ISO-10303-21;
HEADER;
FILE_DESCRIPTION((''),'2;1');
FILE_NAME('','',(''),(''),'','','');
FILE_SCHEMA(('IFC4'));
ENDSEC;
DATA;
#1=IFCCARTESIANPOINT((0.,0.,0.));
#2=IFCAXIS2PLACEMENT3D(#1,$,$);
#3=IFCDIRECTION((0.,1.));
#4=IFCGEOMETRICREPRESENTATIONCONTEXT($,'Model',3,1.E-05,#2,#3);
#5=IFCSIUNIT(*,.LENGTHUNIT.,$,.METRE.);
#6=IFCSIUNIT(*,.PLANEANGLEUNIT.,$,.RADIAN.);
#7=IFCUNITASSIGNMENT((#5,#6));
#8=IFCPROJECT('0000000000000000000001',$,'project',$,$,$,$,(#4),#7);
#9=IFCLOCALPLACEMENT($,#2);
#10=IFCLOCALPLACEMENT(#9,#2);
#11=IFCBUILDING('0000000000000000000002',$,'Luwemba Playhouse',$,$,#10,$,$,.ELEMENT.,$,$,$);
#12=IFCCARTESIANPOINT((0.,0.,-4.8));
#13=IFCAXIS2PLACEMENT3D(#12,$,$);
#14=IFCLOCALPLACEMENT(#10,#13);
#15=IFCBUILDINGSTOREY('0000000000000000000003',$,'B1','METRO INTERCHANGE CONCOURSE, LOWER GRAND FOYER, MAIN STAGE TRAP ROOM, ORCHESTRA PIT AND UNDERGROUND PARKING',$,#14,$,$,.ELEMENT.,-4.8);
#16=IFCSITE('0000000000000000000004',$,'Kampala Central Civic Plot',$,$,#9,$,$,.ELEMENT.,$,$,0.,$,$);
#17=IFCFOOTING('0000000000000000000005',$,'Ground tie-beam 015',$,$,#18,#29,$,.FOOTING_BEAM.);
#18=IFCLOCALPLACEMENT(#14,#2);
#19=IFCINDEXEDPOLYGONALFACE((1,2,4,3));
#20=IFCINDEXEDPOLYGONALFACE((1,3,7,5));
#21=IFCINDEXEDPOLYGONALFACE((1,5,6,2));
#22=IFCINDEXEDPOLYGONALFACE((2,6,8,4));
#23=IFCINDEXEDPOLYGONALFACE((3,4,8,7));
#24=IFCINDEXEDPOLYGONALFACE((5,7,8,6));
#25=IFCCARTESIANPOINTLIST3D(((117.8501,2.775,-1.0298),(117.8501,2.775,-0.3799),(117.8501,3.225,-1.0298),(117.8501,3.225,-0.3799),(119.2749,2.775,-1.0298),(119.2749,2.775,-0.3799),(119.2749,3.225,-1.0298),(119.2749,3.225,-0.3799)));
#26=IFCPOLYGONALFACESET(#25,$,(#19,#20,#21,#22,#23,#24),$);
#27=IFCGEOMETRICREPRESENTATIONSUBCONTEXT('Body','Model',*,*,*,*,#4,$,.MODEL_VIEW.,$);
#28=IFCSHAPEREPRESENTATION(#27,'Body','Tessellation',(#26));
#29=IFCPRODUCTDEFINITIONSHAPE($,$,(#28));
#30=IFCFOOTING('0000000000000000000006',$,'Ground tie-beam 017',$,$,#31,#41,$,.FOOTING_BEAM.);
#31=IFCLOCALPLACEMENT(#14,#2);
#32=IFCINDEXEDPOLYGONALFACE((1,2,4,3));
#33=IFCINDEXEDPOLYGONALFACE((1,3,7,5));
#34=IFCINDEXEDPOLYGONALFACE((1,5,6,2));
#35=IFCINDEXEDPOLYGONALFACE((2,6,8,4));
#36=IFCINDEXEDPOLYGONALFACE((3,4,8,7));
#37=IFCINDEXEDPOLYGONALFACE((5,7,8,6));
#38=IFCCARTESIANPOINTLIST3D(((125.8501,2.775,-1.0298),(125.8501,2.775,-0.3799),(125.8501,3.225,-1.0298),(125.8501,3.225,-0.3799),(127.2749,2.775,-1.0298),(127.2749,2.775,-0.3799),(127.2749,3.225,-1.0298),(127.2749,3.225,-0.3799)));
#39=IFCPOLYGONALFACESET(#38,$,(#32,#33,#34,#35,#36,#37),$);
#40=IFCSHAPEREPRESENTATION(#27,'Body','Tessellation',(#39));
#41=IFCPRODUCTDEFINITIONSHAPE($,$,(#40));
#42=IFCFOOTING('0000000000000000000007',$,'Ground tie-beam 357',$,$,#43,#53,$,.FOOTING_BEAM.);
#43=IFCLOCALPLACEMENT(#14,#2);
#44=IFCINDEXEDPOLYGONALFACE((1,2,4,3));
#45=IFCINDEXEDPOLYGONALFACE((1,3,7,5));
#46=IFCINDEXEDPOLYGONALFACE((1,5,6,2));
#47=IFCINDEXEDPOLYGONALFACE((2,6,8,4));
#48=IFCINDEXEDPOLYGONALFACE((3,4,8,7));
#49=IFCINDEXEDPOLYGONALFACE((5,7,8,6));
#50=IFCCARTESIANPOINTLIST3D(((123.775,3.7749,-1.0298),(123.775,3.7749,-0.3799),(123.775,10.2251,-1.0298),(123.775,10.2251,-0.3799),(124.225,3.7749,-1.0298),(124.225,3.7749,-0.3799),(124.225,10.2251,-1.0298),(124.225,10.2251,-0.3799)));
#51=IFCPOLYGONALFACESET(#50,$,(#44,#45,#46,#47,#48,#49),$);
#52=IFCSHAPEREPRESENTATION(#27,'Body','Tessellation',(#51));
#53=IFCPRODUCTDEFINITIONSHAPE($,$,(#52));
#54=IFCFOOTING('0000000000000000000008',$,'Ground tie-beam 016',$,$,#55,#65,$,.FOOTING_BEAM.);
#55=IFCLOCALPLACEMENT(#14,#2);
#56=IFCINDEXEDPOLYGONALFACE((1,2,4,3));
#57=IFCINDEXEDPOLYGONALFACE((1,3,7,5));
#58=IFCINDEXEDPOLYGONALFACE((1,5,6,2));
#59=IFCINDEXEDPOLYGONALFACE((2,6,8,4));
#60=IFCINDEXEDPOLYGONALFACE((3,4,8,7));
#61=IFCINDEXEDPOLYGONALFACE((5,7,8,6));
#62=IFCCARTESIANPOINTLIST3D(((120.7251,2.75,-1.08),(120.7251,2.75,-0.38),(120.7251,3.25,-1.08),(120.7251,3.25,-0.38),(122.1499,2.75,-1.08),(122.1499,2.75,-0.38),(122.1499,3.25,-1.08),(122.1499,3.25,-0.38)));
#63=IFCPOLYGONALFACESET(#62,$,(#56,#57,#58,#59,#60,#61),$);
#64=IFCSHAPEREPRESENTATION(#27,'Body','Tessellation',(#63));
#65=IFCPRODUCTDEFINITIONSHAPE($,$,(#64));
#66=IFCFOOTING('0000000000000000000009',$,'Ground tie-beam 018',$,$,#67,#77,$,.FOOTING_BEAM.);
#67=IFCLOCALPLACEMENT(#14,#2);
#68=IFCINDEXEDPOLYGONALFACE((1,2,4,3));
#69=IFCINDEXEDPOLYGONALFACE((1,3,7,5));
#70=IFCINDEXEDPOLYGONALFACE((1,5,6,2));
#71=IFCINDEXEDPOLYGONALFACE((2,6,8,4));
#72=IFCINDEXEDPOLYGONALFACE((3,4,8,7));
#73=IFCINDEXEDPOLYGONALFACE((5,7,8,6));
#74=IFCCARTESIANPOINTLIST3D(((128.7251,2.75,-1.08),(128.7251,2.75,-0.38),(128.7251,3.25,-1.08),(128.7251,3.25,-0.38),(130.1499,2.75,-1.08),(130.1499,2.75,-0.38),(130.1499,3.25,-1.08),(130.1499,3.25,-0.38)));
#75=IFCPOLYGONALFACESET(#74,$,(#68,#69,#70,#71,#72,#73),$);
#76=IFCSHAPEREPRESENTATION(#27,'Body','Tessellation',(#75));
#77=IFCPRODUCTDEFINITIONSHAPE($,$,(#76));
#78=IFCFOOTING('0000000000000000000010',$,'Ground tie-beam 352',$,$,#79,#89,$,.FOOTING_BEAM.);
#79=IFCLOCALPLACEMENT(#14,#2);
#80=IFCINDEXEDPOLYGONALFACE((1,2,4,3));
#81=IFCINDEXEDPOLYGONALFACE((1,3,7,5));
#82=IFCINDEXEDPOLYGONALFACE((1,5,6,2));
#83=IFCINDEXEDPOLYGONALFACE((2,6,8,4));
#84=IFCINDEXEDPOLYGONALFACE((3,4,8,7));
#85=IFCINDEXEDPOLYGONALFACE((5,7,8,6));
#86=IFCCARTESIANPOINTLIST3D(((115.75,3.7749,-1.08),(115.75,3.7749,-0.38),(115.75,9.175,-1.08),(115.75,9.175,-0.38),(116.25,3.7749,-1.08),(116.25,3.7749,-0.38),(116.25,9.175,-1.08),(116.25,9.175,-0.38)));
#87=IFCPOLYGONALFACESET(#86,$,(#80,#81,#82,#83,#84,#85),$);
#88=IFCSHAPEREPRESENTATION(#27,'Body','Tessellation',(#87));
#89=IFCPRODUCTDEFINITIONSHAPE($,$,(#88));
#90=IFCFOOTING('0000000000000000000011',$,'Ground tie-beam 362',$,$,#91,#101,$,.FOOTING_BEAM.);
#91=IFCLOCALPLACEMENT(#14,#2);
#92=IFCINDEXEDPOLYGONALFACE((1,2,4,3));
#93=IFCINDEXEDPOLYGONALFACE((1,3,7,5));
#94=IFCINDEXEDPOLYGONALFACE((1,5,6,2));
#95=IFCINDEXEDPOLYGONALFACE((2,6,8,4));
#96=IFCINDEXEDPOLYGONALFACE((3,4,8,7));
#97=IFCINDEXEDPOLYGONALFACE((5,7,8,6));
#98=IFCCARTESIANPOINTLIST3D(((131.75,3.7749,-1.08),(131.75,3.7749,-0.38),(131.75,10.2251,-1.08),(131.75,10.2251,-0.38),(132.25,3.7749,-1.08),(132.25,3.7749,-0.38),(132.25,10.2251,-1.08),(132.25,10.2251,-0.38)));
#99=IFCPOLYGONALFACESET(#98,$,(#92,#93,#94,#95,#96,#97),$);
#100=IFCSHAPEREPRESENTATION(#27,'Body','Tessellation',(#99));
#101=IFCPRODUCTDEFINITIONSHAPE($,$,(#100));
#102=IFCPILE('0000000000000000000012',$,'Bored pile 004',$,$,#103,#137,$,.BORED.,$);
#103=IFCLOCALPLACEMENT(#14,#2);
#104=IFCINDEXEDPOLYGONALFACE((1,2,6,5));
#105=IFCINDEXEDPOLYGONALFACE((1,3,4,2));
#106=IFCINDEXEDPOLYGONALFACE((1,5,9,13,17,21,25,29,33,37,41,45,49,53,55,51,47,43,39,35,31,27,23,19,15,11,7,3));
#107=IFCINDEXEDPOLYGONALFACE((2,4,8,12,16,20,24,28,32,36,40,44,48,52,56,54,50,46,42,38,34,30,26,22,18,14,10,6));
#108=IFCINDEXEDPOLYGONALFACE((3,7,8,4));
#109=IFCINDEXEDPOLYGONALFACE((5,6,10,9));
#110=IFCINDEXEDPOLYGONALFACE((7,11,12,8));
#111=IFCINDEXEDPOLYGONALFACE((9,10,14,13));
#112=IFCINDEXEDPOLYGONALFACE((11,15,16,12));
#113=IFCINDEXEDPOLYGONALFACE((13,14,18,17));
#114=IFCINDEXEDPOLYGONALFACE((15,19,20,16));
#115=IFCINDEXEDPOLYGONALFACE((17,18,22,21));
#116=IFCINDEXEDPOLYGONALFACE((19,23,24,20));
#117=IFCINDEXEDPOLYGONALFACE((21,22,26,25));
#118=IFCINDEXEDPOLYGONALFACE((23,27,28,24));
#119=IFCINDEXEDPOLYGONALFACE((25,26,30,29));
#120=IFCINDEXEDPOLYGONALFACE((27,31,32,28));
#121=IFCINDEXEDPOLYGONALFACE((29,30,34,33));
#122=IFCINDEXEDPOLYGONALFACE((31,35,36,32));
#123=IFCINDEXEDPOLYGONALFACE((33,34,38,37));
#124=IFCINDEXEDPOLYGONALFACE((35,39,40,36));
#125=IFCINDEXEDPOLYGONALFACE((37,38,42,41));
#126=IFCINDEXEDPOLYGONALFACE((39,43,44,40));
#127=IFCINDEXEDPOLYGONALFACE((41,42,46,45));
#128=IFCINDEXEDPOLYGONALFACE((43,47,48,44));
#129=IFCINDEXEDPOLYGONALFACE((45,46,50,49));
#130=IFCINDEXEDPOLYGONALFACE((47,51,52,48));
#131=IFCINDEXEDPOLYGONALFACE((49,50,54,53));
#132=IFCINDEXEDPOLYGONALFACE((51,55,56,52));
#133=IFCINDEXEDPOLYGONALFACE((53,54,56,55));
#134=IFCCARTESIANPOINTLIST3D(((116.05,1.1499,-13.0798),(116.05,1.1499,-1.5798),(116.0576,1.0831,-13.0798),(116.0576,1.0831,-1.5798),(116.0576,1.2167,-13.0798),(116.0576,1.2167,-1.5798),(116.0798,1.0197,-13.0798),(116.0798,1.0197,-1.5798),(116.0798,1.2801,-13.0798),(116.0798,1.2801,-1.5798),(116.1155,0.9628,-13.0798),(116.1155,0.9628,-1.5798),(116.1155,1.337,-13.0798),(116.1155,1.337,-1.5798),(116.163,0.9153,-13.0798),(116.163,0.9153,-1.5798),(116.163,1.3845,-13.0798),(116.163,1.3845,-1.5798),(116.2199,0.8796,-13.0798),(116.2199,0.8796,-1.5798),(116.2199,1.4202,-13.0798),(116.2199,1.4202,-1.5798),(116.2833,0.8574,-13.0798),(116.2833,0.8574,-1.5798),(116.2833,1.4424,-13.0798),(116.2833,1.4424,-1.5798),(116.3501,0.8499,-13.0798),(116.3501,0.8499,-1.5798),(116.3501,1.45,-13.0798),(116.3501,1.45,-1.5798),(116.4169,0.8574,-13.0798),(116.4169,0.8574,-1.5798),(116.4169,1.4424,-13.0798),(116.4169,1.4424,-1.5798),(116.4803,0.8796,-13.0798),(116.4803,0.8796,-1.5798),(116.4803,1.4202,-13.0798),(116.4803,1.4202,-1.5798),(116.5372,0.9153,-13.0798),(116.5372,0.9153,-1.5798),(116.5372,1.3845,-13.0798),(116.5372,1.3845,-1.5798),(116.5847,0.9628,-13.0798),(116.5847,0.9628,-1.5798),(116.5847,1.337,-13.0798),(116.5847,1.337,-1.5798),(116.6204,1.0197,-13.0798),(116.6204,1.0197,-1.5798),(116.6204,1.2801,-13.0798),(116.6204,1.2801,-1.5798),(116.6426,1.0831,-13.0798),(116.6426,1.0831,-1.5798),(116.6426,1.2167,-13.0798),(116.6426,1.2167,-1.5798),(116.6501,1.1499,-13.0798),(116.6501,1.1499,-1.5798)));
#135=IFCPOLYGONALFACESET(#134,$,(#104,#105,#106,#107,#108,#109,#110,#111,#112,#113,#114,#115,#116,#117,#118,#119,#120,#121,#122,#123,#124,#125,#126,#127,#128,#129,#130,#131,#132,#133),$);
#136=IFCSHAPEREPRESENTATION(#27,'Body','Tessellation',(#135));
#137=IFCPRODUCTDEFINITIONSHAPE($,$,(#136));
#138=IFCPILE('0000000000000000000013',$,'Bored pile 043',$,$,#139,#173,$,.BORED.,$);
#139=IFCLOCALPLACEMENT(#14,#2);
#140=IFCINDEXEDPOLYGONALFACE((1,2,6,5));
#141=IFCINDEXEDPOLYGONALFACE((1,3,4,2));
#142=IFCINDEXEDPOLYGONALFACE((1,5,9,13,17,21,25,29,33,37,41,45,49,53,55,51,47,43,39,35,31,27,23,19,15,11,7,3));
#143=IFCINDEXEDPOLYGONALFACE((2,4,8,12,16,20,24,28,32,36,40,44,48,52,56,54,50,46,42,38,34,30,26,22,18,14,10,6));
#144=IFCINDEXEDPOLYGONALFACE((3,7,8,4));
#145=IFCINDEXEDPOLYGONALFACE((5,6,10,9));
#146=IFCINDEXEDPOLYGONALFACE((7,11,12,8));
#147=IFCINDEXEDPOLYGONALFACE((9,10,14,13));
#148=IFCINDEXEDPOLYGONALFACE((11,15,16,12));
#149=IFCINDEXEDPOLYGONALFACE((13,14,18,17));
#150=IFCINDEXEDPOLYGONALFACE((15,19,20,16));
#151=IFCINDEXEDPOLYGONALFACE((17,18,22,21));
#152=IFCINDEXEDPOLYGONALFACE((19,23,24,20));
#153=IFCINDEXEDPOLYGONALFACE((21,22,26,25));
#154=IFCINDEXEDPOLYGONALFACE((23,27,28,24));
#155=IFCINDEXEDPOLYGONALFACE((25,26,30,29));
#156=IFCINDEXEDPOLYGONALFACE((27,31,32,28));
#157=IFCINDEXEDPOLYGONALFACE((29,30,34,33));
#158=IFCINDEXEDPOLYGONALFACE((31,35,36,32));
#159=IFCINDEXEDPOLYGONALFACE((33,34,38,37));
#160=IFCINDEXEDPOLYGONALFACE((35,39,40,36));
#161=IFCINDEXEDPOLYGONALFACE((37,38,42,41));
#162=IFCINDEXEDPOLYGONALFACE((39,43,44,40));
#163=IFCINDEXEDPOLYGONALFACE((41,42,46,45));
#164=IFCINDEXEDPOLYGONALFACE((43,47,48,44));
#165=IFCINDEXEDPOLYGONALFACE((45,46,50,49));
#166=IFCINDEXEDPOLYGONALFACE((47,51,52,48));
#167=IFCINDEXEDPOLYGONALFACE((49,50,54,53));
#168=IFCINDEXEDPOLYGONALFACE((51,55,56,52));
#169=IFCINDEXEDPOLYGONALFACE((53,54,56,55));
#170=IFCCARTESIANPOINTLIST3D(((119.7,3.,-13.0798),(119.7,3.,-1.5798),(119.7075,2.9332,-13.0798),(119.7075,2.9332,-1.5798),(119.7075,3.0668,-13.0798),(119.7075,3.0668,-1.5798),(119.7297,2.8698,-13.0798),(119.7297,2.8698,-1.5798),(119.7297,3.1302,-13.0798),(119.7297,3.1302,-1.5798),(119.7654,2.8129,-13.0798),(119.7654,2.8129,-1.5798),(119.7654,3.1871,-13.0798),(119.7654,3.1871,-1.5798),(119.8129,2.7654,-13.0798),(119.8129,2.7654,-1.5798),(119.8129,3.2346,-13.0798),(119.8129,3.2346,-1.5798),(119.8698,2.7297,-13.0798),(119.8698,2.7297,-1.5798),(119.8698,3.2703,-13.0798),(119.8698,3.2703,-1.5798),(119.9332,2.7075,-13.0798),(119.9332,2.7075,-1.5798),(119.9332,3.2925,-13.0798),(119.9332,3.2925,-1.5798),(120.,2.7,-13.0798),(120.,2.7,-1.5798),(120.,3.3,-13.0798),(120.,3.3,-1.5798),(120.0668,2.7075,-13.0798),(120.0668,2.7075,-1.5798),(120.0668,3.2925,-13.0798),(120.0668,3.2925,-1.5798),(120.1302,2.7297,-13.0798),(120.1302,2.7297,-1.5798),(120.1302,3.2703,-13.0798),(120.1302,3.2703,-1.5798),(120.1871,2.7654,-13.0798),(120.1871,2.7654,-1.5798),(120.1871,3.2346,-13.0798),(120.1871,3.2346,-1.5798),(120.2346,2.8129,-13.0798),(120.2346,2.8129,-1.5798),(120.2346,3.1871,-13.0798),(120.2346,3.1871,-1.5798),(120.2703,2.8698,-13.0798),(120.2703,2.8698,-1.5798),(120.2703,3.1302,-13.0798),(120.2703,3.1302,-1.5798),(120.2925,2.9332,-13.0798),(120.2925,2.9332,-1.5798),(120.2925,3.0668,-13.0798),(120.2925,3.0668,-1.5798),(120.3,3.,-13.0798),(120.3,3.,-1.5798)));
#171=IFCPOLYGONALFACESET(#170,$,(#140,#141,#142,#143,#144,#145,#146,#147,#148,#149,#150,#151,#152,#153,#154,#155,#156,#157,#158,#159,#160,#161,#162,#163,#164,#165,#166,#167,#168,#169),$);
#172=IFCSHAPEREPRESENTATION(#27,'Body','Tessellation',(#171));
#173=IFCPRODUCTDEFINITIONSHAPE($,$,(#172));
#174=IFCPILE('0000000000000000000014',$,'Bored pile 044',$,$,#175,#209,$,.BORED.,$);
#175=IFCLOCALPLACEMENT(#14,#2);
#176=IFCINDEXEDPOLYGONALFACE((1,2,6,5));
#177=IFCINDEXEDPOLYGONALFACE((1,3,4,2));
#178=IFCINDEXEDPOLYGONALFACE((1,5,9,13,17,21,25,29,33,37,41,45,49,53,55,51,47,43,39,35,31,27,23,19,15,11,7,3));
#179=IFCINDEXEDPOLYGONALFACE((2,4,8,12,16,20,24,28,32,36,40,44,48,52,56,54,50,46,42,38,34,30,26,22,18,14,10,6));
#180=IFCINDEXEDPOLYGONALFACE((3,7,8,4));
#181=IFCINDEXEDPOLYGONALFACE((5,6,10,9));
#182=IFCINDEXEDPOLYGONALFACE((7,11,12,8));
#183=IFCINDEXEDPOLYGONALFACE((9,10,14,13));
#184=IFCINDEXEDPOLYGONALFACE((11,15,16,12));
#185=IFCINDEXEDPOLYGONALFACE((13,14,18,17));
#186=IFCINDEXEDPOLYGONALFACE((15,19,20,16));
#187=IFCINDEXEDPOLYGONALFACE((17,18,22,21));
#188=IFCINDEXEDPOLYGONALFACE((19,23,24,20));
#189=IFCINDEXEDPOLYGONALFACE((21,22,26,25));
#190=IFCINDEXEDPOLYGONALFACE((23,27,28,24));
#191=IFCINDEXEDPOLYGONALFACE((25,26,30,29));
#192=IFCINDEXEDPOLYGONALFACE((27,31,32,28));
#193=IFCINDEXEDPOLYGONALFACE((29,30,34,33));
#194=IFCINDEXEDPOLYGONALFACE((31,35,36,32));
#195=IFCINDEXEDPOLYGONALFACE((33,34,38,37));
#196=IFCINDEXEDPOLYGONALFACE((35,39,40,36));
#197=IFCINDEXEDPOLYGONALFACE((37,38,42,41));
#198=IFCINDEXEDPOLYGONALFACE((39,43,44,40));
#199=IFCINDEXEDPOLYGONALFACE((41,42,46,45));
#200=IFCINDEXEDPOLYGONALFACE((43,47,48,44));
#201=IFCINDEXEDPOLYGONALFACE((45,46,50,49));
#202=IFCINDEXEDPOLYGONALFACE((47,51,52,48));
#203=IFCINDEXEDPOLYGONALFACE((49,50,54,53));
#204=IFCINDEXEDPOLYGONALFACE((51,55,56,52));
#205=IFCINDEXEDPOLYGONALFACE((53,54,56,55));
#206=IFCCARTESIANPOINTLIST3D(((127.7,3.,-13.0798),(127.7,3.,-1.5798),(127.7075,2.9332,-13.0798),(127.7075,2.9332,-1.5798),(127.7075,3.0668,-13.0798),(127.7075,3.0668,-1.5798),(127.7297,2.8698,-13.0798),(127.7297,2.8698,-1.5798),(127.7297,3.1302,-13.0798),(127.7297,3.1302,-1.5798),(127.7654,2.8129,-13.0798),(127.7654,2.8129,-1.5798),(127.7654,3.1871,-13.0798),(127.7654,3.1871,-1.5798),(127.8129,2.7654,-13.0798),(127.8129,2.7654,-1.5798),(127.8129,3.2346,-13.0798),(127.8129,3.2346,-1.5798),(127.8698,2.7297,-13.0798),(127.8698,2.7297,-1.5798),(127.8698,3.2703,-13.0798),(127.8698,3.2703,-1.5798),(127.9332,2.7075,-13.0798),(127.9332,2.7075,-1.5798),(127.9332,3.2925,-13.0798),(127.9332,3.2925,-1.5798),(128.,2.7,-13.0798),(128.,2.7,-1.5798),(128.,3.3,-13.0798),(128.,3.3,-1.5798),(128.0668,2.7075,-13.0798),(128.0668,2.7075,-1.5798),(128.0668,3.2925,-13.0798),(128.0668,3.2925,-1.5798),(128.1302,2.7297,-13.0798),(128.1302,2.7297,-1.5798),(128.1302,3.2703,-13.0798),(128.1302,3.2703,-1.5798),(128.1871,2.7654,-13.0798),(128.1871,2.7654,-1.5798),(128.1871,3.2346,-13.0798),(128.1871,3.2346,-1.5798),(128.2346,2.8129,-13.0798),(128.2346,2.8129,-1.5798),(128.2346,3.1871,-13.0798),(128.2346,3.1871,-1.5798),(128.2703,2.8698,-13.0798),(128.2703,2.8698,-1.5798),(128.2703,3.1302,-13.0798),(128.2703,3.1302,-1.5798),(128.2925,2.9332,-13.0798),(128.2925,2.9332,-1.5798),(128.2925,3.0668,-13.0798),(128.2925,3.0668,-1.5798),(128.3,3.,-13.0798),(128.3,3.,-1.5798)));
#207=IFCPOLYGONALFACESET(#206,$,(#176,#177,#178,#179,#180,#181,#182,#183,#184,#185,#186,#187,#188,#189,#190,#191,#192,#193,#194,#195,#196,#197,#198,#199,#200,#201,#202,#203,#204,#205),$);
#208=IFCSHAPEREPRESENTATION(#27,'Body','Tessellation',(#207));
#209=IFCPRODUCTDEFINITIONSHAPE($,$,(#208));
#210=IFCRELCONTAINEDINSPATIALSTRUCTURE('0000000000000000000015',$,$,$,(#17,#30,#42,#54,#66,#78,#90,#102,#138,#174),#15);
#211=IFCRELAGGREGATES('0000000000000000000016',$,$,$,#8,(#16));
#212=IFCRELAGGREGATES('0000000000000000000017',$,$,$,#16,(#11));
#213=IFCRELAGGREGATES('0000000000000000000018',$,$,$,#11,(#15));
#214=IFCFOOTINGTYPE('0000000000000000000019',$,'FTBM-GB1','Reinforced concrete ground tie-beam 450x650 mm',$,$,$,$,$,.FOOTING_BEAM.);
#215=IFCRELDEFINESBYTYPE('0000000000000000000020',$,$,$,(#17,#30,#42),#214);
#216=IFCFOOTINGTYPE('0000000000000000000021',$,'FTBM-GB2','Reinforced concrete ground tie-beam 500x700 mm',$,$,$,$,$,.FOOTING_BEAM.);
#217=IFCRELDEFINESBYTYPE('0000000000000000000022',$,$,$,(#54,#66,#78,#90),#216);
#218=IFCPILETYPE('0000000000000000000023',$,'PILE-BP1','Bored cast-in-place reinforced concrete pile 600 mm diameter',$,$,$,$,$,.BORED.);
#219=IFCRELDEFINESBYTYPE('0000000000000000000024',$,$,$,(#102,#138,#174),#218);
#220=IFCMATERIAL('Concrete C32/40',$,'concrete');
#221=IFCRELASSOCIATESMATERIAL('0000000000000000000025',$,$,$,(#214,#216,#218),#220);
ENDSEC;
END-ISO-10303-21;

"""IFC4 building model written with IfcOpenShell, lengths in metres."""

from ifc_helpers import new_model, si_unit, direction, frame, origin, origin_2d, place, context, subcontext, project, spatial, rectangle, circle, extrude, material, material_profile, profile_set, type_object, element, save


model = new_model("IFC4")

# Units and contexts
model_context = context("Model", 3, precision=1e-05, world=origin(), true_north=direction((0.0, 1.0)))
body_context = subcontext(model_context, "Body", "Model", "MODEL_VIEW")
ifc_project = project(units=[si_unit("LENGTHUNIT", "METRE"), si_unit("PLANEANGLEUNIT", "RADIAN")], contexts=[model_context])

# Site, building, storey
site_placement = place(None, origin())
site = spatial("IfcSite", under=ifc_project, at=site_placement, Name="Kampala Central Civic Plot", CompositionType="ELEMENT", RefElevation=0.0)
building_placement = place(site_placement, origin())
building = spatial("IfcBuilding", under=site, at=building_placement, Name="Luwemba Playhouse", CompositionType="ELEMENT")
storey_placement = place(building_placement, frame((0.0, 0.0, -4.8)))
storey = spatial("IfcBuildingStorey", under=building, at=storey_placement, Name="B1", Description="METRO INTERCHANGE CONCOURSE, LOWER GRAND FOYER, MAIN STAGE TRAP ROOM, ORCHESTRA PIT AND UNDERGROUND PARKING", CompositionType="ELEMENT", Elevation=-4.8)

# Footings
ifc_material_1 = material(Name="Concrete C32/40", Category="concrete")
ifc_material_profile_1 = material_profile(ifc_material_1, rectangle(XDim=0.45, YDim=0.6499, at=origin_2d()))
ifc_profile_set_1 = profile_set([ifc_material_profile_1], Name="Concrete C32/40")
footing_type_1 = type_object("IfcFootingType", Name="FTBM-GB1", Description="Reinforced concrete ground tie-beam 450x650 mm", PredefinedType="FOOTING_BEAM", material=ifc_profile_set_1)
for number, where, z_axis, x_axis, name in (
    (1, (117.8501, 3.0, -0.7048), (1.0, 0.0, 0.0), (0.0, 1.0, 0.0), "Ground tie-beam 015"),
    (2, (125.8501, 3.0, -0.7048), (1.0, 0.0, 0.0), (0.0, 1.0, 0.0), "Ground tie-beam 017"),
):
    element("IfcFooting", number, at=place(storey_placement, frame(where, z_axis=z_axis, x_axis=x_axis)), inside=storey, type_object=footing_type_1, Name=name, PredefinedType="FOOTING_BEAM", context=body_context, shape_type="SweptSolid", body=[
        extrude(rectangle(XDim=0.45, YDim=0.6499, at=origin_2d()), origin(), (0.0, 0.0, 1.0), 1.4248),
    ])
footing_1_placement = place(storey_placement, frame((124.0, 3.7749, -0.7048), z_axis=(0.0, 1.0, 0.0), x_axis=(-1.0, 0.0, 0.0)))
element("IfcFooting", 3, at=footing_1_placement, inside=storey, type_object=footing_type_1, Name="Ground tie-beam 357", PredefinedType="FOOTING_BEAM", context=body_context, shape_type="SweptSolid", body=[
    extrude(rectangle(XDim=0.45, YDim=0.6499, at=origin_2d()), origin(), (0.0, 0.0, 1.0), 6.4502),
])
ifc_material_profile_2 = material_profile(ifc_material_1, rectangle(XDim=0.5, YDim=0.7, at=origin_2d()))
ifc_profile_set_2 = profile_set([ifc_material_profile_2], Name="Concrete C32/40")
footing_type_2 = type_object("IfcFootingType", Name="FTBM-GB2", Description="Reinforced concrete ground tie-beam 500x700 mm", PredefinedType="FOOTING_BEAM", material=ifc_profile_set_2)
for number, where, z_axis, x_axis, name in (
    (4, (120.7251, 3.0, -0.73), (1.0, 0.0, 0.0), (0.0, 1.0, 0.0), "Ground tie-beam 016"),
    (5, (128.7251, 3.0, -0.73), (1.0, 0.0, 0.0), (0.0, 1.0, 0.0), "Ground tie-beam 018"),
):
    element("IfcFooting", number, at=place(storey_placement, frame(where, z_axis=z_axis, x_axis=x_axis)), inside=storey, type_object=footing_type_2, Name=name, PredefinedType="FOOTING_BEAM", context=body_context, shape_type="SweptSolid", body=[
        extrude(rectangle(XDim=0.5, YDim=0.7, at=origin_2d()), origin(), (0.0, 0.0, 1.0), 1.4248),
    ])
footing_2_placement = place(storey_placement, frame((116.0, 3.7749, -0.73), z_axis=(0.0, 1.0, 0.0), x_axis=(-1.0, 0.0, 0.0)))
element("IfcFooting", 6, at=footing_2_placement, inside=storey, type_object=footing_type_2, Name="Ground tie-beam 352", PredefinedType="FOOTING_BEAM", context=body_context, shape_type="SweptSolid", body=[
    extrude(rectangle(XDim=0.5, YDim=0.7, at=origin_2d()), origin(), (0.0, 0.0, 1.0), 5.4001),
])
footing_3_placement = place(storey_placement, frame((132.0, 3.7749, -0.73), z_axis=(0.0, 1.0, 0.0), x_axis=(-1.0, 0.0, 0.0)))
element("IfcFooting", 7, at=footing_3_placement, inside=storey, type_object=footing_type_2, Name="Ground tie-beam 362", PredefinedType="FOOTING_BEAM", context=body_context, shape_type="SweptSolid", body=[
    extrude(rectangle(XDim=0.5, YDim=0.7, at=origin_2d()), origin(), (0.0, 0.0, 1.0), 6.4502),
])

# Piles
ifc_material_profile_3 = material_profile(ifc_material_1, circle(Radius=0.3, at=origin_2d()))
ifc_profile_set_3 = profile_set([ifc_material_profile_3], Name="Concrete C32/40")
pile_type_1 = type_object("IfcPileType", Name="PILE-BP1", Description="Bored cast-in-place reinforced concrete pile 600 mm diameter", PredefinedType="BORED", material=ifc_profile_set_3)
for number, where, z_axis, x_axis, name in (
    (8, (116.3501, 1.1499, -1.5798), (0.0, 0.0, -1.0), (1.0, 0.0, 0.0), "Bored pile 004"),
    (9, (120.0, 3.0, -1.5798), (0.0, 0.0, -1.0), (1.0, 0.0, 0.0), "Bored pile 043"),
    (10, (128.0, 3.0, -1.5798), (0.0, 0.0, -1.0), (1.0, 0.0, 0.0), "Bored pile 044"),
):
    element("IfcPile", number, at=place(storey_placement, frame(where, z_axis=z_axis, x_axis=x_axis)), inside=storey, type_object=pile_type_1, Name=name, PredefinedType="BORED", context=body_context, shape_type="SweptSolid", body=[
        extrude(circle(Radius=0.3, at=origin_2d()), origin(), (0.0, 0.0, 1.0), 11.5),
    ])

save(model, "model.ifc")
